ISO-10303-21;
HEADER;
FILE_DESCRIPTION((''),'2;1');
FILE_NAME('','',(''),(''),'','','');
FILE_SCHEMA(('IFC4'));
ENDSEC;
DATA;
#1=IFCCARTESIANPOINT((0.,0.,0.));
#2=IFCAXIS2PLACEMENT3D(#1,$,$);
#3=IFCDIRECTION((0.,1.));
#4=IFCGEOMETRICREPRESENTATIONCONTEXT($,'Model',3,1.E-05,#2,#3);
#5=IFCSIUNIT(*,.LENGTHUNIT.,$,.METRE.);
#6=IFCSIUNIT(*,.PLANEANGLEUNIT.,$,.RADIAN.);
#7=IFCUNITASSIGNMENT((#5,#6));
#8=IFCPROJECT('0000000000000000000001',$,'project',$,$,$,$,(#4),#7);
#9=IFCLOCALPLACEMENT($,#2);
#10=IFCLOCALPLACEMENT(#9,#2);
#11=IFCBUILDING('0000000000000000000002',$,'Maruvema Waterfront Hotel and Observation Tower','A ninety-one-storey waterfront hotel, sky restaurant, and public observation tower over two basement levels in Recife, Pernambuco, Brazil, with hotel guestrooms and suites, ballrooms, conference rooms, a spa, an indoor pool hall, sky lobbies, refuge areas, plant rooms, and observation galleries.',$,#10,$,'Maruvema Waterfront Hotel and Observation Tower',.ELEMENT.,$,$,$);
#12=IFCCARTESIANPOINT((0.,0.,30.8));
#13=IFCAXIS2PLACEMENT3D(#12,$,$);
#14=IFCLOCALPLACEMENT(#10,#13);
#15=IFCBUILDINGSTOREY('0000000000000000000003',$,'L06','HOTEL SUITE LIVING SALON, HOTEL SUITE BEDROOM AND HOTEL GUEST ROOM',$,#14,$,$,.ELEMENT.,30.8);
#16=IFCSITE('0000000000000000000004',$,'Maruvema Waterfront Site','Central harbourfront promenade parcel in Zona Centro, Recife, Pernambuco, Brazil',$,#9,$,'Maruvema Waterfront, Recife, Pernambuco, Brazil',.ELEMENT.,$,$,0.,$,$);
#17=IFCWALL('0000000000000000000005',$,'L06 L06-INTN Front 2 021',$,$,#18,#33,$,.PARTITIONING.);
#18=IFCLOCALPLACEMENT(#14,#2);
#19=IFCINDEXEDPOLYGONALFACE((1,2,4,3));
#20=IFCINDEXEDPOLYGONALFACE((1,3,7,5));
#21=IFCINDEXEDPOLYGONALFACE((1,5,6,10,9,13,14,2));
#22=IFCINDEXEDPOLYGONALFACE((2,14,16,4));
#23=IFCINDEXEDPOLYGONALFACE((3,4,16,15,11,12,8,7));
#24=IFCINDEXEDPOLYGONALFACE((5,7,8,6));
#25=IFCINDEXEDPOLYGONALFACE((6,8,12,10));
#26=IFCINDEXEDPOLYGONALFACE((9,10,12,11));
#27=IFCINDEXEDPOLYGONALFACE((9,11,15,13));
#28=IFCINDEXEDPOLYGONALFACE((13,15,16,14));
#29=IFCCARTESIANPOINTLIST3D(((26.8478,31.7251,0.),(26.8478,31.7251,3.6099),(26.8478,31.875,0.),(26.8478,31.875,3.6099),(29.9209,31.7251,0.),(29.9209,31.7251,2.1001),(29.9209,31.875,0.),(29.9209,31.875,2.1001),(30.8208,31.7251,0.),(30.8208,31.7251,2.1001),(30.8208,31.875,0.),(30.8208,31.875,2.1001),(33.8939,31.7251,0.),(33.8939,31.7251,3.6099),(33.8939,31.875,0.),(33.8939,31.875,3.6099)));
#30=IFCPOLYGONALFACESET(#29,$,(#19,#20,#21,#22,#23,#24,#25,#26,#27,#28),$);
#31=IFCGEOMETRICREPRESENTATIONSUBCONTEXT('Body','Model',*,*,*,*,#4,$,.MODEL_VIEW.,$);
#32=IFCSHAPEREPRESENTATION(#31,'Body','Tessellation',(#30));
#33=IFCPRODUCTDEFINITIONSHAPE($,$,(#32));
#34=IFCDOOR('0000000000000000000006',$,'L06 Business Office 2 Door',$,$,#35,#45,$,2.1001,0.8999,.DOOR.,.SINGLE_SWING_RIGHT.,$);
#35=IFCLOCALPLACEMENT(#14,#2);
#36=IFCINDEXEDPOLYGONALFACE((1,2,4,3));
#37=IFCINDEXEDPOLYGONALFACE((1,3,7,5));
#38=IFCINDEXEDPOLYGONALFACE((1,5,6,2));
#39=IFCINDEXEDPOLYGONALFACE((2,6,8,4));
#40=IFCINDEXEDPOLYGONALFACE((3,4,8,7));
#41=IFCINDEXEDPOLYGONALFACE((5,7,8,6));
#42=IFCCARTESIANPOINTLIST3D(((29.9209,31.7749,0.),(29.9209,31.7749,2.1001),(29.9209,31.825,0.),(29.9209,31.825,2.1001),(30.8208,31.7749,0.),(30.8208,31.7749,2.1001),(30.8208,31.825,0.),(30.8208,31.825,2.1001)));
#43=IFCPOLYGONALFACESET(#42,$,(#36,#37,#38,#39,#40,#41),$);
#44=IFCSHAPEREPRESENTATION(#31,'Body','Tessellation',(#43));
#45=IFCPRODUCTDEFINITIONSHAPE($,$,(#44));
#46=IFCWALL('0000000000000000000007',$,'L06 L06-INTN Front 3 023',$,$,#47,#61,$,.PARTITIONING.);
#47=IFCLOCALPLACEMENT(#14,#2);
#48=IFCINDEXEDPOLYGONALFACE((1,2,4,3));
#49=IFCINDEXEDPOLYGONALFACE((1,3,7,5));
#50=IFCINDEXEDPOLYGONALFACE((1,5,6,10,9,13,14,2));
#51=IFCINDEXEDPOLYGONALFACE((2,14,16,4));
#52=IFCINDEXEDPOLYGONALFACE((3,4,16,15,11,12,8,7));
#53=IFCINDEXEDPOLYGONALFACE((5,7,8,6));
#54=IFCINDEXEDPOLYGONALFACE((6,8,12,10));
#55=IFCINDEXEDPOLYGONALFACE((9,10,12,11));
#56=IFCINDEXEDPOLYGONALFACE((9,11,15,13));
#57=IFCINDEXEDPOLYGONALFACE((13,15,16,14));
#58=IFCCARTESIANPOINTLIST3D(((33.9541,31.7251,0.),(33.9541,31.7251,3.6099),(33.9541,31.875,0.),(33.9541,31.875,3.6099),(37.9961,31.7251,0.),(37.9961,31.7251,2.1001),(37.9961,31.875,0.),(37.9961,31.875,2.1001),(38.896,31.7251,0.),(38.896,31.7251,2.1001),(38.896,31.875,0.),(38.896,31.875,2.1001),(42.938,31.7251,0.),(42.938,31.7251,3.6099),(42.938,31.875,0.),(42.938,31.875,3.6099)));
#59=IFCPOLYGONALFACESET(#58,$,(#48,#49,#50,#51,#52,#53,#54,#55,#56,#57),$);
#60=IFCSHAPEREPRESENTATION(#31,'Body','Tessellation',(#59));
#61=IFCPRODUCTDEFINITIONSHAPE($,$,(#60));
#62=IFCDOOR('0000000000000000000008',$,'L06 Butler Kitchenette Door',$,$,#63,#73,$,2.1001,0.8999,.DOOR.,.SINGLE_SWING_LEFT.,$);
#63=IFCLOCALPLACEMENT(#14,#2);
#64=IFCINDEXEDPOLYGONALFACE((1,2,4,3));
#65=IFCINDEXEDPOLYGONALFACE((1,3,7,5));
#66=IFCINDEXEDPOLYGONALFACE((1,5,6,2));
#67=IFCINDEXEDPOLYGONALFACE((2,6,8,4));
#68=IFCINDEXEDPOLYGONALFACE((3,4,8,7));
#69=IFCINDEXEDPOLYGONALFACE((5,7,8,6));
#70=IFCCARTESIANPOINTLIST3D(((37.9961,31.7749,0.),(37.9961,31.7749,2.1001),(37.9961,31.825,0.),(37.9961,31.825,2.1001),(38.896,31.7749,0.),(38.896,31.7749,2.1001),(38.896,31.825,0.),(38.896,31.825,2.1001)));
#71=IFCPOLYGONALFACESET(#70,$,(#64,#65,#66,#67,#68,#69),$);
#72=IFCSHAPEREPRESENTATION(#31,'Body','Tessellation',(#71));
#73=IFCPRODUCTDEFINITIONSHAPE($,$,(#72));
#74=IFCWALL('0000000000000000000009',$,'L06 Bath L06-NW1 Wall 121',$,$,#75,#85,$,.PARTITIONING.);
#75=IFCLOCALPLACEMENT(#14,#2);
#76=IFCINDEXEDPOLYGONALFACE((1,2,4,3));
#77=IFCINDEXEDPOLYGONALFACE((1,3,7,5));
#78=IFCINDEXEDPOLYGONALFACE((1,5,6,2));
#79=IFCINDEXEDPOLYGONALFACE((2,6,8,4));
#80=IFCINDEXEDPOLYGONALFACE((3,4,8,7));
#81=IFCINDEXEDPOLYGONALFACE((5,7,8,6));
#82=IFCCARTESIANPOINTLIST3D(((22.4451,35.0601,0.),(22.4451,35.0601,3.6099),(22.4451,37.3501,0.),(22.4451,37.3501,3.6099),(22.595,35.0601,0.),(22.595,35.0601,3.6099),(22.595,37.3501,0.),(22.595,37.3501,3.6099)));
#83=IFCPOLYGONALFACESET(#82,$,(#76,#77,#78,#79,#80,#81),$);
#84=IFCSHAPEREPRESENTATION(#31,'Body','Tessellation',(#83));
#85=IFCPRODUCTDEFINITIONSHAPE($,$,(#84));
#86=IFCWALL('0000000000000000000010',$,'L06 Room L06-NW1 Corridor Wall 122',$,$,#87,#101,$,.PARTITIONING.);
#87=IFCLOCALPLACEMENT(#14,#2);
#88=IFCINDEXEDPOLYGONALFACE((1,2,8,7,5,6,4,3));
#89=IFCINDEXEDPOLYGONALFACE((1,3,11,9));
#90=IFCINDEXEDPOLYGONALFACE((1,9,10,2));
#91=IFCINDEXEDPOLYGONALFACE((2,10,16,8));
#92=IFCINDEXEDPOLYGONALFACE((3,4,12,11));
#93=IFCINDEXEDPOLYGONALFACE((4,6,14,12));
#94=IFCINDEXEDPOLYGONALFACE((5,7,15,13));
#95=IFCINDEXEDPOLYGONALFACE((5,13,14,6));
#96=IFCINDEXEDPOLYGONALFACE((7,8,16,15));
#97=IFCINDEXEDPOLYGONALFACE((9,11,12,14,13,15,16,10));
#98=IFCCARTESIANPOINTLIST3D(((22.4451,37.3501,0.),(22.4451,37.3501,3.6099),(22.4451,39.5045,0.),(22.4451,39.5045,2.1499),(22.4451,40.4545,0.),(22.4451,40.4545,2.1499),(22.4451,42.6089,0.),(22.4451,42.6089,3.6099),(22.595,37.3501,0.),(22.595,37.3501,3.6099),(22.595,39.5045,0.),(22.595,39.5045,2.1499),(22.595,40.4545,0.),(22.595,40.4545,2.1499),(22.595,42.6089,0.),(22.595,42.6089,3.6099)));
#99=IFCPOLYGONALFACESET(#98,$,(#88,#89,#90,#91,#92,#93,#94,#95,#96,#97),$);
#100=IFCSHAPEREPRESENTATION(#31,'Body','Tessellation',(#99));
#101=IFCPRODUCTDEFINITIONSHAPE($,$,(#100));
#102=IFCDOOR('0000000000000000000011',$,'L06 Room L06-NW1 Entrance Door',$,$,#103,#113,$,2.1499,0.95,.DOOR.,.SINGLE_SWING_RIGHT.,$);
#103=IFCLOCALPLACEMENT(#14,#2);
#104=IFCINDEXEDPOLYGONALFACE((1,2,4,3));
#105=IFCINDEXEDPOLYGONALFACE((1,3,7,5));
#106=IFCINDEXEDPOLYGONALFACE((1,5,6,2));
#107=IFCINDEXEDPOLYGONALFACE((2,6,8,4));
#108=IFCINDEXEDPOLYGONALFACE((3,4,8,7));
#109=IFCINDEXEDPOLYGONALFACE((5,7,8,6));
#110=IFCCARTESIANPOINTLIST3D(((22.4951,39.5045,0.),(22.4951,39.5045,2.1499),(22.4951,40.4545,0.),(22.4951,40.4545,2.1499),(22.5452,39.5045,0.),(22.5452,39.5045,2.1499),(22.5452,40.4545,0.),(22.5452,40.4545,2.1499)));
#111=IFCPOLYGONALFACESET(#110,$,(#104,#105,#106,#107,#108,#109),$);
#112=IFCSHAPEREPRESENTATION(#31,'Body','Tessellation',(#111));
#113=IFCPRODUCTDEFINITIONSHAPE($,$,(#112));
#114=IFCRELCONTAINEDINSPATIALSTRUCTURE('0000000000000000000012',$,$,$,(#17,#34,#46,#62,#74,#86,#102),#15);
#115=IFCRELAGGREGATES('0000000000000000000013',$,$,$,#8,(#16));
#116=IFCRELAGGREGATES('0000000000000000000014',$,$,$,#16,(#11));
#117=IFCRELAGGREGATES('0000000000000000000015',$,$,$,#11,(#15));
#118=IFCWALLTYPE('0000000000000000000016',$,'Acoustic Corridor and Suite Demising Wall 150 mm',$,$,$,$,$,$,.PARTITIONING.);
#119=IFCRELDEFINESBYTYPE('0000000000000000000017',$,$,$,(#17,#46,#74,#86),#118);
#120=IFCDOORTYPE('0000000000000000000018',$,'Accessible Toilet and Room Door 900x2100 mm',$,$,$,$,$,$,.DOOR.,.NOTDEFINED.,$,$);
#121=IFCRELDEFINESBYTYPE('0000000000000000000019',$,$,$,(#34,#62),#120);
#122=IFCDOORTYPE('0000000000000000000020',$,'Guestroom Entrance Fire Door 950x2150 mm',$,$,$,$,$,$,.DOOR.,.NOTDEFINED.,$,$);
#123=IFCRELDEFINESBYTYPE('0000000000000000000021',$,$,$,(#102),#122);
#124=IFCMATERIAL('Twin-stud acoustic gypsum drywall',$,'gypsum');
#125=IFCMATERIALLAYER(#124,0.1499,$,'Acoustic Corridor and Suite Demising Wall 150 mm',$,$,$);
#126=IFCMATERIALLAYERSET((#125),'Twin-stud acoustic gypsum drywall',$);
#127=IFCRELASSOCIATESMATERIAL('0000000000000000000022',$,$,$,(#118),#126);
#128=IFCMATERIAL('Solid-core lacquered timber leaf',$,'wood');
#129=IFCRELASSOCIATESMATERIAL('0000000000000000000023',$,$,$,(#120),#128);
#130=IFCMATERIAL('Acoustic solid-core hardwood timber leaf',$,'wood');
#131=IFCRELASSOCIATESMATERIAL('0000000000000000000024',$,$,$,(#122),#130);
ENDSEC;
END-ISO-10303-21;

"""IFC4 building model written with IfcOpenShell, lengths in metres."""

from ifc_helpers import new_model, si_unit, direction, frame, frame_2d, origin, place, context, subcontext, project, spatial, rectangle, extrude, material, layer, layer_set, type_object, element, fill, save


model = new_model("IFC4")

# Units and contexts
model_context = context("Model", 3, precision=1e-05, world=origin(), true_north=direction((0.0, 1.0)))
body_context = subcontext(model_context, "Body", "Model", "MODEL_VIEW")
ifc_project = project(units=[si_unit("LENGTHUNIT", "METRE"), si_unit("PLANEANGLEUNIT", "RADIAN")], contexts=[model_context])

# Site, building, storey
site_placement = place(None, origin())
site = spatial("IfcSite", under=ifc_project, at=site_placement, Name="Maruvema Waterfront Site", Description="Central harbourfront promenade parcel in Zona Centro, Recife, Pernambuco, Brazil", LongName="Maruvema Waterfront, Recife, Pernambuco, Brazil", CompositionType="ELEMENT", RefElevation=0.0)
building_placement = place(site_placement, origin())
building = spatial("IfcBuilding", under=site, at=building_placement, Name="Maruvema Waterfront Hotel and Observation Tower", Description="A ninety-one-storey waterfront hotel, sky restaurant, and public observation tower over two basement levels in Recife, Pernambuco, Brazil, with hotel guestrooms and suites, ballrooms, conference rooms, a spa, an indoor pool hall, sky lobbies, refuge areas, plant rooms, and observation galleries.", LongName="Maruvema Waterfront Hotel and Observation Tower", CompositionType="ELEMENT")
storey_placement = place(building_placement, frame((0.0, 0.0, 30.8)))
storey = spatial("IfcBuildingStorey", under=building, at=storey_placement, Name="L06", Description="HOTEL SUITE LIVING SALON, HOTEL SUITE BEDROOM AND HOTEL GUEST ROOM", CompositionType="ELEMENT", Elevation=30.8)

# Walls, openings, doors
ifc_material_1 = material(Name="Twin-stud acoustic gypsum drywall", Category="gypsum")
ifc_layer_1 = layer(ifc_material_1, 0.1499, Name="Acoustic Corridor and Suite Demising Wall 150 mm")
ifc_layer_set_1 = layer_set([ifc_layer_1], Name="Twin-stud acoustic gypsum drywall")
wall_type_1 = type_object("IfcWallType", Name="Acoustic Corridor and Suite Demising Wall 150 mm", PredefinedType="PARTITIONING", material=ifc_layer_set_1)
ifc_material_2 = material(Name="Solid-core lacquered timber leaf", Category="wood")
door_type_1 = type_object("IfcDoorType", Name="Accessible Toilet and Room Door 900x2100 mm", OperationType="NOTDEFINED", PredefinedType="DOOR", material=ifc_material_2)
wall_1_placement = place(storey_placement, frame((26.8479, 31.8, 0.0), z_axis=(0.0, 0.0, 1.0), x_axis=(1.0, 0.0, 0.0)))
wall_1 = element("IfcWall", 1, at=wall_1_placement, inside=storey, type_object=wall_type_1, Name="L06 L06-INTN Front 2 021", PredefinedType="PARTITIONING", context=body_context, shape_type="SweptSolid", body=[
    extrude(rectangle(XDim=7.0461, YDim=0.1499, at=frame_2d((3.5229, 0.0))), origin(), (0.0, 0.0, 1.0), 3.6099),
])
opening_1_placement = place(wall_1_placement, frame((3.073, 0.0, 0.0)))
opening_1 = element("IfcOpeningElement", 2, at=opening_1_placement, cuts=wall_1, PredefinedType="OPENING", context=body_context, shape_type="SweptSolid", body=[
    extrude(rectangle(XDim=0.8999, YDim=2.1001, at=frame_2d((0.45, 1.05))), frame((0.0, 0.085, 0.0), z_axis=(0.0, -1.0, 0.0), x_axis=(1.0, 0.0, 0.0)), (0.0, 0.0, 1.0), 0.1699),
])
door_1_placement = place(opening_1_placement, origin())
door_1 = element("IfcDoor", 3, at=door_1_placement, inside=storey, type_object=door_type_1, Name="L06 Business Office 2 Door", OperationType="SINGLE_SWING_RIGHT", OverallHeight=2.1001, OverallWidth=0.8999, PredefinedType="DOOR", context=body_context, shape_type="SweptSolid", body=[
    extrude(rectangle(XDim=0.8999, YDim=2.1001, at=frame_2d((0.45, 1.05))), frame((0.0, 0.0249, 0.0), z_axis=(0.0, -1.0, 0.0), x_axis=(1.0, 0.0, 0.0)), (0.0, 0.0, 1.0), 0.05),
])
fill(opening_1, door_1)
wall_2_placement = place(storey_placement, frame((33.9541, 31.8, 0.0), z_axis=(0.0, 0.0, 1.0), x_axis=(1.0, 0.0, 0.0)))
wall_2 = element("IfcWall", 4, at=wall_2_placement, inside=storey, type_object=wall_type_1, Name="L06 L06-INTN Front 3 023", PredefinedType="PARTITIONING", context=body_context, shape_type="SweptSolid", body=[
    extrude(rectangle(XDim=8.9839, YDim=0.1499, at=frame_2d((4.4919, 0.0))), origin(), (0.0, 0.0, 1.0), 3.6099),
])
opening_2_placement = place(wall_2_placement, frame((4.042, 0.0, 0.0)))
opening_2 = element("IfcOpeningElement", 5, at=opening_2_placement, cuts=wall_2, PredefinedType="OPENING", context=body_context, shape_type="SweptSolid", body=[
    extrude(rectangle(XDim=0.8999, YDim=2.1001, at=frame_2d((0.45, 1.05))), frame((0.0, 0.085, 0.0), z_axis=(0.0, -1.0, 0.0), x_axis=(1.0, 0.0, 0.0)), (0.0, 0.0, 1.0), 0.1699),
])
door_2_placement = place(opening_2_placement, origin())
door_2 = element("IfcDoor", 6, at=door_2_placement, inside=storey, type_object=door_type_1, Name="L06 Butler Kitchenette Door", OperationType="SINGLE_SWING_LEFT", OverallHeight=2.1001, OverallWidth=0.8999, PredefinedType="DOOR", context=body_context, shape_type="SweptSolid", body=[
    extrude(rectangle(XDim=0.8999, YDim=2.1001, at=frame_2d((0.45, 1.05))), frame((0.0, 0.0249, 0.0), z_axis=(0.0, -1.0, 0.0), x_axis=(1.0, 0.0, 0.0)), (0.0, 0.0, 1.0), 0.05),
])
fill(opening_2, door_2)

# Wall
wall_3_placement = place(storey_placement, frame((22.52, 35.0601, 0.0), z_axis=(0.0, 0.0, 1.0), x_axis=(0.0, 1.0, 0.0)))
element("IfcWall", 7, at=wall_3_placement, inside=storey, type_object=wall_type_1, Name="L06 Bath L06-NW1 Wall 121", PredefinedType="PARTITIONING", context=body_context, shape_type="SweptSolid", body=[
    extrude(rectangle(XDim=2.29, YDim=0.1499, at=frame_2d((1.145, 0.0))), origin(), (0.0, 0.0, 1.0), 3.6099),
])

# Wall, opening, door
wall_4_placement = place(storey_placement, frame((22.52, 37.3501, 0.0), z_axis=(0.0, 0.0, 1.0), x_axis=(0.0, 1.0, 0.0)))
wall_4 = element("IfcWall", 8, at=wall_4_placement, inside=storey, type_object=wall_type_1, Name="L06 Room L06-NW1 Corridor Wall 122", PredefinedType="PARTITIONING", context=body_context, shape_type="SweptSolid", body=[
    extrude(rectangle(XDim=5.2588, YDim=0.1499, at=frame_2d((2.6294, 0.0))), origin(), (0.0, 0.0, 1.0), 3.6099),
])
opening_3_placement = place(wall_4_placement, frame((2.1543, 0.0, 0.0)))
opening_3 = element("IfcOpeningElement", 9, at=opening_3_placement, cuts=wall_4, PredefinedType="OPENING", context=body_context, shape_type="SweptSolid", body=[
    extrude(rectangle(XDim=0.95, YDim=2.1499, at=frame_2d((0.4751, 1.075))), frame((0.0, 0.085, 0.0), z_axis=(0.0, -1.0, 0.0), x_axis=(1.0, 0.0, 0.0)), (0.0, 0.0, 1.0), 0.1699),
])
ifc_material_3 = material(Name="Acoustic solid-core hardwood timber leaf", Category="wood")
door_type_2 = type_object("IfcDoorType", Name="Guestroom Entrance Fire Door 950x2150 mm", OperationType="NOTDEFINED", PredefinedType="DOOR", material=ifc_material_3)
door_3_placement = place(opening_3_placement, origin())
door_3 = element("IfcDoor", 10, at=door_3_placement, inside=storey, type_object=door_type_2, Name="L06 Room L06-NW1 Entrance Door", OperationType="SINGLE_SWING_RIGHT", OverallHeight=2.1499, OverallWidth=0.95, PredefinedType="DOOR", context=body_context, shape_type="SweptSolid", body=[
    extrude(rectangle(XDim=0.95, YDim=2.1499, at=frame_2d((0.4751, 1.075))), frame((0.0, 0.0249, 0.0), z_axis=(0.0, -1.0, 0.0), x_axis=(1.0, 0.0, 0.0)), (0.0, 0.0, 1.0), 0.05),
])
fill(opening_3, door_3)

save(model, "model.ifc")
